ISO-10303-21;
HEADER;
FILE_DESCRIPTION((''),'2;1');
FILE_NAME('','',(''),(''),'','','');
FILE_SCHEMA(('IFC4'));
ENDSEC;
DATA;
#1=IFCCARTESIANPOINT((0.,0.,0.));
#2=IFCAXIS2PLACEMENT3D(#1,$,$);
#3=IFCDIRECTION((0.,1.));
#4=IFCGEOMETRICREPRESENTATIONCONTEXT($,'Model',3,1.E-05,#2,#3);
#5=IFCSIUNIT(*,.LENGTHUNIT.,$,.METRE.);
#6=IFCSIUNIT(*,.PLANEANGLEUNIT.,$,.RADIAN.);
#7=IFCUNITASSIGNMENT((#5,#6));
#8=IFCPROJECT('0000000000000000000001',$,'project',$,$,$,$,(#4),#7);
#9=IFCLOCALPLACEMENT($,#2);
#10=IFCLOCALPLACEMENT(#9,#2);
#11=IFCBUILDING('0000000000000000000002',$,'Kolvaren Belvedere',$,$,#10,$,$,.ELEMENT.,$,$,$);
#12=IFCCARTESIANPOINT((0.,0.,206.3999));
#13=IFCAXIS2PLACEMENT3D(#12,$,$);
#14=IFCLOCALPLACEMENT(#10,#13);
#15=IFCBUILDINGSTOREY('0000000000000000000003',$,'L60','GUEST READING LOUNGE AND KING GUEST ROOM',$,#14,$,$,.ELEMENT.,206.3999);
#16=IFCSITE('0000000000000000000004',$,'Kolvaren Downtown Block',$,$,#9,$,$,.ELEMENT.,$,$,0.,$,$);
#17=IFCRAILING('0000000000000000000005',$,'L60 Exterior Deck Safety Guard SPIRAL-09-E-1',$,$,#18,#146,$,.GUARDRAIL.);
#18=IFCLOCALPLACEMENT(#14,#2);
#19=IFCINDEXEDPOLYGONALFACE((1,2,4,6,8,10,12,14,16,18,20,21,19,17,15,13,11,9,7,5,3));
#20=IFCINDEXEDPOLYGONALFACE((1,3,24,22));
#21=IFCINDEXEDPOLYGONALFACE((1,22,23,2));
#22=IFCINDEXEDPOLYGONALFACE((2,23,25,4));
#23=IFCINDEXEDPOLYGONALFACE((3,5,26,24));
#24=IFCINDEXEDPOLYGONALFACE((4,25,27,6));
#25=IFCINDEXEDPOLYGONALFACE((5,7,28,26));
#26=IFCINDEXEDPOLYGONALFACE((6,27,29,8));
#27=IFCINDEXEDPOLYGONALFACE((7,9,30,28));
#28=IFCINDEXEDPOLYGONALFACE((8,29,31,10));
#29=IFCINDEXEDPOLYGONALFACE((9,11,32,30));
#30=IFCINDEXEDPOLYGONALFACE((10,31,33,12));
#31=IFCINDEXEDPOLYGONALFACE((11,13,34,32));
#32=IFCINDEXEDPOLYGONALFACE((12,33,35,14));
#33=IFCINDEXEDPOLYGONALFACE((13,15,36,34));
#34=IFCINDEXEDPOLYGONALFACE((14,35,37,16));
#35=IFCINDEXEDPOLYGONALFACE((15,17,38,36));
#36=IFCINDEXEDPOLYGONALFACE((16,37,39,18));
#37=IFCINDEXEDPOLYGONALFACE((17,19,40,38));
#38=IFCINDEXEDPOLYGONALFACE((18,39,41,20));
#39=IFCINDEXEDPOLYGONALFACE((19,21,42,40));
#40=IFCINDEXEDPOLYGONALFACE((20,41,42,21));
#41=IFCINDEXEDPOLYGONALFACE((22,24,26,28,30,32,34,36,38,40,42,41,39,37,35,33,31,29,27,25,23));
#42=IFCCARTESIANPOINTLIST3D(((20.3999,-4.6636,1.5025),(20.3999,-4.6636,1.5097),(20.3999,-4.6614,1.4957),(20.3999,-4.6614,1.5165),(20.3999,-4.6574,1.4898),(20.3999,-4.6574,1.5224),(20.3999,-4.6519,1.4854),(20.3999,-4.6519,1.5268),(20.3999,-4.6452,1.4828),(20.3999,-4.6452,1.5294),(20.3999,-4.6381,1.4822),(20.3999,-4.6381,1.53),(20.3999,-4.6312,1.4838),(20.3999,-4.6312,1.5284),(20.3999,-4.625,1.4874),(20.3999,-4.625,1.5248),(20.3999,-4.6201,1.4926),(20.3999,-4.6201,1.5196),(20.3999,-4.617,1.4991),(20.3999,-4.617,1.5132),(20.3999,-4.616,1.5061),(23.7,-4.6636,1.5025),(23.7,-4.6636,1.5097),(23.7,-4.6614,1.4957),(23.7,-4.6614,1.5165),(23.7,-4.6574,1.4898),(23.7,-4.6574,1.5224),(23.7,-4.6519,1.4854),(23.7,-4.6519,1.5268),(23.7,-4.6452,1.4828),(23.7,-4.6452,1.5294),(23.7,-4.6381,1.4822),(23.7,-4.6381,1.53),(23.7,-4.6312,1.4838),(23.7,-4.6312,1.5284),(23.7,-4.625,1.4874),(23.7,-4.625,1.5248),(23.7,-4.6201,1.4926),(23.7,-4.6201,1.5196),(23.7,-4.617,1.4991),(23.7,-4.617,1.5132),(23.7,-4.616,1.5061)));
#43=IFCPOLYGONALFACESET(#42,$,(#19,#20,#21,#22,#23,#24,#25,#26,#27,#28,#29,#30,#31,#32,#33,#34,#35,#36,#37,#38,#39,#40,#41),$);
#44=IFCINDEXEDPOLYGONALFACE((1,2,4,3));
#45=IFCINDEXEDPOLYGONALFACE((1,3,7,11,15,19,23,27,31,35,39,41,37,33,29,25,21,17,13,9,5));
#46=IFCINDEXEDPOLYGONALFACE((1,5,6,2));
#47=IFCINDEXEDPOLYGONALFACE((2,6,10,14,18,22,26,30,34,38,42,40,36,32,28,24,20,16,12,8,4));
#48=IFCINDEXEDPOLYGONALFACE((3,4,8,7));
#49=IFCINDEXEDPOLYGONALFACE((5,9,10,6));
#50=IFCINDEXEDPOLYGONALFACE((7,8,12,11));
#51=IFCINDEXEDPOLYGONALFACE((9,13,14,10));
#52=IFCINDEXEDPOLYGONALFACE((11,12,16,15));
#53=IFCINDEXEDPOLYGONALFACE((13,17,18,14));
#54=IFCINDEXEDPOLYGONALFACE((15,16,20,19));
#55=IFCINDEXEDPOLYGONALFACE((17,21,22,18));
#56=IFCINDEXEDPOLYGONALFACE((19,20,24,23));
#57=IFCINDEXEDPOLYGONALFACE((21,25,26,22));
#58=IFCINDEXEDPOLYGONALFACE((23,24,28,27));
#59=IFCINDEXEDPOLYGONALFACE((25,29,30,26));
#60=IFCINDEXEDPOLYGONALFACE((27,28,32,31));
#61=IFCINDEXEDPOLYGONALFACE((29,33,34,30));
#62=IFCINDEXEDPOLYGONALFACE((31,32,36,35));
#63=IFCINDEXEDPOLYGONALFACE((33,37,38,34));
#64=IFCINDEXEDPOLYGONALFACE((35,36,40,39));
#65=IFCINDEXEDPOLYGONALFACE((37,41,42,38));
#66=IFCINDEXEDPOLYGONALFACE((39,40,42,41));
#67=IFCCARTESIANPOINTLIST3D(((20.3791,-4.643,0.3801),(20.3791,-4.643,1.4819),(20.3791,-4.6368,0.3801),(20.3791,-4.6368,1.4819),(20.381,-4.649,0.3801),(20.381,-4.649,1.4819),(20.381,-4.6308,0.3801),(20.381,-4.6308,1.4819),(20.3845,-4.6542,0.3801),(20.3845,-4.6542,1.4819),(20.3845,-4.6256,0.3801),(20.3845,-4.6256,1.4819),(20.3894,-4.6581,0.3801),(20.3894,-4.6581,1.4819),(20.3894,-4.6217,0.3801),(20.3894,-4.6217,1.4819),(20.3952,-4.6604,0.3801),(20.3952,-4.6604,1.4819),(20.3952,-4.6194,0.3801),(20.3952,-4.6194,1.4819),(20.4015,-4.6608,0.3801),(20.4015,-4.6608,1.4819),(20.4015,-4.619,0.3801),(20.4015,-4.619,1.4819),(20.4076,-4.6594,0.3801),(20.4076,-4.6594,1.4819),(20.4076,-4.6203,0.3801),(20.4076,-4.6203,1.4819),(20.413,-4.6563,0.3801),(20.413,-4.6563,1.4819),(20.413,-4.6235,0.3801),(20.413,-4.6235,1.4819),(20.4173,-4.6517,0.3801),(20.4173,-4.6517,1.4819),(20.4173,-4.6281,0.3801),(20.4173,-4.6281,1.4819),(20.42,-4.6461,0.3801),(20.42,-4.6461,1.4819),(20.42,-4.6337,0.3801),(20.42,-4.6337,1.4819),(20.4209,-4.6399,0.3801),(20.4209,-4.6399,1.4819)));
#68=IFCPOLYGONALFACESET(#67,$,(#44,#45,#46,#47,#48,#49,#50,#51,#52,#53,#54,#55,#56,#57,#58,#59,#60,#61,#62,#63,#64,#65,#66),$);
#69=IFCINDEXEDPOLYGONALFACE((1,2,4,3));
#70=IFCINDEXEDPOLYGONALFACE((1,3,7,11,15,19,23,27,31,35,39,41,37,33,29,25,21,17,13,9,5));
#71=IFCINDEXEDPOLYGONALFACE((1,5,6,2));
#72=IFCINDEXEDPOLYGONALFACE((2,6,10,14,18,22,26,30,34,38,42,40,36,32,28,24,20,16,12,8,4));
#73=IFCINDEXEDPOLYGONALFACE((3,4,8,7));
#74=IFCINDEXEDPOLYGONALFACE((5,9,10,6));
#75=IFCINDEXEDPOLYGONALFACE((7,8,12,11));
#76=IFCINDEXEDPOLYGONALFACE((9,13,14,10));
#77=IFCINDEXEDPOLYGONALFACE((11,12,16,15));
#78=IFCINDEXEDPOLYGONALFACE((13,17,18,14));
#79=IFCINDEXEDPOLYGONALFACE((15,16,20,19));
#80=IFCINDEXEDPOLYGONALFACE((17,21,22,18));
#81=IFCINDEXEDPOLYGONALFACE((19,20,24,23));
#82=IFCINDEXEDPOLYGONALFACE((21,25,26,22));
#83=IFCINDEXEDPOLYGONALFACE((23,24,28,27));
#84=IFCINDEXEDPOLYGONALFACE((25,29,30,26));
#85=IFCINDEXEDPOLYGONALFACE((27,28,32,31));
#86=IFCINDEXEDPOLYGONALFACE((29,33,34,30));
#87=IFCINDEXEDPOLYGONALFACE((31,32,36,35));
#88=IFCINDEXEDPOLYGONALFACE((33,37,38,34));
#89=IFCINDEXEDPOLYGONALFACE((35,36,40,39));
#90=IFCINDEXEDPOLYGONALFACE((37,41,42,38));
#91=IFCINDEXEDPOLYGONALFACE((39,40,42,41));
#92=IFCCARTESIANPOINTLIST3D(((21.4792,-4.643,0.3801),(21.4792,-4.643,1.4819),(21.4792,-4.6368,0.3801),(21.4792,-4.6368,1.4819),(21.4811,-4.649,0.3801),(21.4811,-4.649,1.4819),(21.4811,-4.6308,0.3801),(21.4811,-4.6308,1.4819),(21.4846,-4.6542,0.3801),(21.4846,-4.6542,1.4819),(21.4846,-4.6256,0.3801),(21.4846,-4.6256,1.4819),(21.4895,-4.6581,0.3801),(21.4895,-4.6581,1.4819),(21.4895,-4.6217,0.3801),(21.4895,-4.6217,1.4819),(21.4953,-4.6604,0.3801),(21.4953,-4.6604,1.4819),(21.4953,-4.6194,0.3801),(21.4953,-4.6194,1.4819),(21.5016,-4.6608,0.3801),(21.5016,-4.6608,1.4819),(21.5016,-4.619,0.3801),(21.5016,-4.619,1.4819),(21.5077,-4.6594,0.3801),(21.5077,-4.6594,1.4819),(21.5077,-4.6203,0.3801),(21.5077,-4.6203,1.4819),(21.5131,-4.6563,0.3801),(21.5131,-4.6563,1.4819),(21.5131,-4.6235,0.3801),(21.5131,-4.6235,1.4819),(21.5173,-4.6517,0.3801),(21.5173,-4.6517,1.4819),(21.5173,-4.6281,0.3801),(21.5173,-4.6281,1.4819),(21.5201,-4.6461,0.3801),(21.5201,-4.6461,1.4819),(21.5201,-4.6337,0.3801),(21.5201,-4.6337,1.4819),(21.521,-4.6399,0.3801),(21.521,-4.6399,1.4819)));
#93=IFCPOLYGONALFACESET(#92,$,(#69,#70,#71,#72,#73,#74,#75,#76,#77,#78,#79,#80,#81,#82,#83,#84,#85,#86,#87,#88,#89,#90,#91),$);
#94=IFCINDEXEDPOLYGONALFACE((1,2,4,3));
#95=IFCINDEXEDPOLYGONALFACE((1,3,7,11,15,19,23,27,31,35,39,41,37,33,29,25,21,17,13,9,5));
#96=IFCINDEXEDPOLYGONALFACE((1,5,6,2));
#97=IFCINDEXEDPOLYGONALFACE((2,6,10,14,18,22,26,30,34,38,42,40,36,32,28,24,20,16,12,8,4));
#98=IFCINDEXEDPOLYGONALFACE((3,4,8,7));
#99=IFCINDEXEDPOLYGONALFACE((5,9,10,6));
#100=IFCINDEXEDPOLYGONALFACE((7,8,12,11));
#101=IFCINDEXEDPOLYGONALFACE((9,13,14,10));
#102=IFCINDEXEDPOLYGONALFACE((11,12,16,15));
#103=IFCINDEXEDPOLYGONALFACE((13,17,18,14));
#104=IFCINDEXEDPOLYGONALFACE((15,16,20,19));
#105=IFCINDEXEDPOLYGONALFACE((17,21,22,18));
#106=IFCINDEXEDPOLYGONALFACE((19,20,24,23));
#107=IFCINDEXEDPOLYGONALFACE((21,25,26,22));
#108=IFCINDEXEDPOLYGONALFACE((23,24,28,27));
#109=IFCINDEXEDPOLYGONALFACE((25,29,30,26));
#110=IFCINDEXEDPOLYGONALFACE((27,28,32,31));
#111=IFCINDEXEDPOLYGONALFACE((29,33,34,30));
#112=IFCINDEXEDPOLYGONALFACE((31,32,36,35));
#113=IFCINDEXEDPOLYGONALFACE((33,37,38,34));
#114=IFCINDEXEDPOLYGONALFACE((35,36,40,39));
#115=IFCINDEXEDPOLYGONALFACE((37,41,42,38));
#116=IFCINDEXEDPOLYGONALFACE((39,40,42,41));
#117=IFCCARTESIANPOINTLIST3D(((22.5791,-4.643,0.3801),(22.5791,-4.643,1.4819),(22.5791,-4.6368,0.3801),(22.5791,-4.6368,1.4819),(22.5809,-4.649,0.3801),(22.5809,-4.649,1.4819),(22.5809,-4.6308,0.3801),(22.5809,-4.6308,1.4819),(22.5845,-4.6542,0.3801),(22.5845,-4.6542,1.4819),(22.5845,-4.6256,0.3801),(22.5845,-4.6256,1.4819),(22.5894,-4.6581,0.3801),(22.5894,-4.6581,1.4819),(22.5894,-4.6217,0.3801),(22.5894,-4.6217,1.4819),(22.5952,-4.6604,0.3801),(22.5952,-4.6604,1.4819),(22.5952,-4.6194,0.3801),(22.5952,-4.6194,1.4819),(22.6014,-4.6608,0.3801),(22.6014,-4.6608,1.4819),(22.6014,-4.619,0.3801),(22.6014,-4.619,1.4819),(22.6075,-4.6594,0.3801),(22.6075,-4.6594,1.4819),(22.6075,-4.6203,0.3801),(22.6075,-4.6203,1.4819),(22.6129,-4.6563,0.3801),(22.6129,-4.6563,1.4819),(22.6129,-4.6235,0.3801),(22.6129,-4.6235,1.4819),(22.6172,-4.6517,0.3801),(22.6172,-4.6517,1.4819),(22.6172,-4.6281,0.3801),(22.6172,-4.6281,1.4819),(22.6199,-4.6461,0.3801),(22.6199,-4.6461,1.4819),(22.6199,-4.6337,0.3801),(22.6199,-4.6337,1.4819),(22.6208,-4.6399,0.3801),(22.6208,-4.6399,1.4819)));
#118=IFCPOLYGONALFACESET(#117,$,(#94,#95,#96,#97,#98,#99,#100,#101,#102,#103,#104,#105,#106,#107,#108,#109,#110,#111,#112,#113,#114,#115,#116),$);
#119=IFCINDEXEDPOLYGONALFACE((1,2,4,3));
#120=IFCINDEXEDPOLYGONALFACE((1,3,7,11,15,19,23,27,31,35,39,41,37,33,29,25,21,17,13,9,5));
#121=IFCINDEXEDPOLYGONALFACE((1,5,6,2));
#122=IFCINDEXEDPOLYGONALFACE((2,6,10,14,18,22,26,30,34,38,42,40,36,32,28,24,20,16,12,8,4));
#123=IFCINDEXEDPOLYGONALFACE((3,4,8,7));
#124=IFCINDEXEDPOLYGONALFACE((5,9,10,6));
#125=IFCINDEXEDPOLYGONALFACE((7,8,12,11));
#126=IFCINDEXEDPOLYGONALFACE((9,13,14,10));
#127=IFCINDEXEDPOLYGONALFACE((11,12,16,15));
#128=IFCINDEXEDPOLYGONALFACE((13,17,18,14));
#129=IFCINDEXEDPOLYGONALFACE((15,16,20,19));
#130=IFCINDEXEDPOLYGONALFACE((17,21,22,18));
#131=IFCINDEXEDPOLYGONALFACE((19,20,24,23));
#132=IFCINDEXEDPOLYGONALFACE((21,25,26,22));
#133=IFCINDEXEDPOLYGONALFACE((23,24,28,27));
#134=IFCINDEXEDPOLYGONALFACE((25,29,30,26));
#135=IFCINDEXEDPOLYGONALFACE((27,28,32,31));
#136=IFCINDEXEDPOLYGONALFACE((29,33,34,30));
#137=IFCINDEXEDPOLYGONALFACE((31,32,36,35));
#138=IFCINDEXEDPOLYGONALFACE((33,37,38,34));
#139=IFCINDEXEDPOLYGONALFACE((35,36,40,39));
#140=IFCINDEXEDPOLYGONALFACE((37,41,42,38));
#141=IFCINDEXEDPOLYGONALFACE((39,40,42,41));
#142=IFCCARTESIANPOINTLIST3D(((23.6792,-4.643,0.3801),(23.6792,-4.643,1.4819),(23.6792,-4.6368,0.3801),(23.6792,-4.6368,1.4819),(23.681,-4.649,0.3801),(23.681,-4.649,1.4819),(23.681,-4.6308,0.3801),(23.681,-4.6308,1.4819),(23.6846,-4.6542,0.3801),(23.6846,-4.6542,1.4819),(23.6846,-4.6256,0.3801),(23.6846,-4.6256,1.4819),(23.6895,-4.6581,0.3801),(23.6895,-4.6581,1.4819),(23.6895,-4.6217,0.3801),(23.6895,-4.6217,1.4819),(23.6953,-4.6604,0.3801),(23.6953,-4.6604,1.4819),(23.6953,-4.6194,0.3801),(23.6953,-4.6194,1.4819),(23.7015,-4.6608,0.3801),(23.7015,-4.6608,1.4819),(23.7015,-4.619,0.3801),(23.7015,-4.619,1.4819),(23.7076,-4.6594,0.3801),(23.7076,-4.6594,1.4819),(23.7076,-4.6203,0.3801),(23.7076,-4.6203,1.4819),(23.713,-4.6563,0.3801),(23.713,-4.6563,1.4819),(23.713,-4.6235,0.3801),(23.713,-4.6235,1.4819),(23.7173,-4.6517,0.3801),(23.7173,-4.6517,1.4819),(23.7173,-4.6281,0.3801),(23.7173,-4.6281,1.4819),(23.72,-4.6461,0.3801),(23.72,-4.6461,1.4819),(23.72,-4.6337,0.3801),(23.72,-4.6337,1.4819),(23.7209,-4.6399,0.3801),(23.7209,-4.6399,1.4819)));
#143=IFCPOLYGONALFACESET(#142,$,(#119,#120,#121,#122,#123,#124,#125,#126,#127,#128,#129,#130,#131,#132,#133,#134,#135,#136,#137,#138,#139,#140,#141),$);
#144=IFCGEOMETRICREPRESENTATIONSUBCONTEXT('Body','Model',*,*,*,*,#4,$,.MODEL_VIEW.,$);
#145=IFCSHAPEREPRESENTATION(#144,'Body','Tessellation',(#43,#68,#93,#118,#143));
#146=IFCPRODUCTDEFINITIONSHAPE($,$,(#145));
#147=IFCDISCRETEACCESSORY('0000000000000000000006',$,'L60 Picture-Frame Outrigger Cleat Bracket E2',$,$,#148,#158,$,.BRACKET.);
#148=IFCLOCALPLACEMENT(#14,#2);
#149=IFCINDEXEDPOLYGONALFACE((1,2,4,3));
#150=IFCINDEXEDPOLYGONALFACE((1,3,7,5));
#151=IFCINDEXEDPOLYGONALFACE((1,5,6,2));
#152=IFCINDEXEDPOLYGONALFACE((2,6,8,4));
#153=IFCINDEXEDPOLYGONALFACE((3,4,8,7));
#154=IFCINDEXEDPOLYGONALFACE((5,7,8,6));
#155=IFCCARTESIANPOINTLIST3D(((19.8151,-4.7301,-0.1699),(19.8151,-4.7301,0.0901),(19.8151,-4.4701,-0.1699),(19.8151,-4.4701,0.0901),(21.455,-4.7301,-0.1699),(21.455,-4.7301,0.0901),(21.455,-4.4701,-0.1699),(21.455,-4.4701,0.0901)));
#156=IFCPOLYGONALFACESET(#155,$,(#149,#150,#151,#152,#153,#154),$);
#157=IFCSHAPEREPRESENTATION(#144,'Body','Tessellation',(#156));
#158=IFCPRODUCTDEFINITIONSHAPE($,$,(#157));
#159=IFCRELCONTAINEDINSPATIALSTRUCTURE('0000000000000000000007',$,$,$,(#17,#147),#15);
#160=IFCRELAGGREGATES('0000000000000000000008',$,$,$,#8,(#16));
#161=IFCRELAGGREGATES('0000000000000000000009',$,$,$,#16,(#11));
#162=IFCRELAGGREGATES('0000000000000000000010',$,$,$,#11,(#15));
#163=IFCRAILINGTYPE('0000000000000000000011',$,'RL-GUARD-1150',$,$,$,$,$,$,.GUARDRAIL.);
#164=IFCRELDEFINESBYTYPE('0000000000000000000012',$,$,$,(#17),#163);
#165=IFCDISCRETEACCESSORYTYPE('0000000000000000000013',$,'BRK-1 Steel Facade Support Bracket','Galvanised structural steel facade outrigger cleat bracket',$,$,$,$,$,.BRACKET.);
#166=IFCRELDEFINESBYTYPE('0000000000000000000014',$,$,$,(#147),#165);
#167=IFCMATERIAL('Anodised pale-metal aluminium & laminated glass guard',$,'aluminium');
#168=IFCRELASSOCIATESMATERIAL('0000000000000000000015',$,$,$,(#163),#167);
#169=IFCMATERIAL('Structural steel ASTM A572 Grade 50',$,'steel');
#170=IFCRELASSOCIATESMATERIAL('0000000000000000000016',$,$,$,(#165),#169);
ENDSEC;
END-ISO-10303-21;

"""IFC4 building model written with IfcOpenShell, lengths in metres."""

from ifc_helpers import new_model, si_unit, direction, frame, origin, origin_2d, place, context, subcontext, project, spatial, rectangle, circle, extrude, material, type_object, element, save


model = new_model("IFC4")

# Units and contexts
model_context = context("Model", 3, precision=1e-05, world=origin(), true_north=direction((0.0, 1.0)))
body_context = subcontext(model_context, "Body", "Model", "MODEL_VIEW")
ifc_project = project(units=[si_unit("LENGTHUNIT", "METRE"), si_unit("PLANEANGLEUNIT", "RADIAN")], contexts=[model_context])

# Site, building, storey
site_placement = place(None, origin())
site = spatial("IfcSite", under=ifc_project, at=site_placement, Name="Kolvaren Downtown Block", CompositionType="ELEMENT", RefElevation=0.0)
building_placement = place(site_placement, origin())
building = spatial("IfcBuilding", under=site, at=building_placement, Name="Kolvaren Belvedere", CompositionType="ELEMENT")
storey_placement = place(building_placement, frame((0.0, 0.0, 206.3999)))
storey = spatial("IfcBuildingStorey", under=building, at=storey_placement, Name="L60", Description="GUEST READING LOUNGE AND KING GUEST ROOM", CompositionType="ELEMENT", Elevation=206.3999)

# Railing
ifc_material_1 = material(Name="Anodised pale-metal aluminium & laminated glass guard", Category="aluminium")
railing_type = type_object("IfcRailingType", Name="RL-GUARD-1150", PredefinedType="GUARDRAIL", material=ifc_material_1)
railing_1_placement = place(storey_placement, frame((20.3999, -4.6399, 0.3801)))
element("IfcRailing", 1, at=railing_1_placement, inside=storey, type_object=railing_type, Name="L60 Exterior Deck Safety Guard SPIRAL-09-E-1", PredefinedType="GUARDRAIL", context=body_context, shape_type="SweptSolid", body=[
    extrude(circle(Radius=0.0239, at=origin_2d()), frame((0.0, 0.0, 1.126), z_axis=(1.0, 0.0, 0.0), x_axis=(0.0, 1.0, 0.0)), (0.0, 0.0, 1.0), 3.3),
    extrude(circle(Radius=0.021, at=origin_2d()), origin(), (0.0, 0.0, 1.0), 1.1018),
    extrude(circle(Radius=0.021, at=origin_2d()), frame((1.1001, 0.0, 0.0)), (0.0, 0.0, 1.0), 1.1018),
    extrude(circle(Radius=0.021, at=origin_2d()), frame((2.2, 0.0, 0.0)), (0.0, 0.0, 1.0), 1.1018),
    extrude(circle(Radius=0.021, at=origin_2d()), frame((3.3, 0.0, 0.0)), (0.0, 0.0, 1.0), 1.1018),
])

# Discrete accessory
ifc_material_2 = material(Name="Structural steel ASTM A572 Grade 50", Category="steel")
discrete_accessory_type = type_object("IfcDiscreteAccessoryType", Name="BRK-1 Steel Facade Support Bracket", Description="Galvanised structural steel facade outrigger cleat bracket", PredefinedType="BRACKET", material=ifc_material_2)
discrete_accessory_placement = place(storey_placement, frame((20.635, -4.6001, -0.1699), z_axis=(0.0, 0.0, 1.0), x_axis=(1.0, 0.0, 0.0)))
element("IfcDiscreteAccessory", 2, at=discrete_accessory_placement, inside=storey, type_object=discrete_accessory_type, Name="L60 Picture-Frame Outrigger Cleat Bracket E2", PredefinedType="BRACKET", context=body_context, shape_type="SweptSolid", body=[
    extrude(rectangle(XDim=1.6399, YDim=0.26, at=origin_2d()), origin(), (0.0, 0.0, 1.0), 0.26),
])

save(model, "model.ifc")
